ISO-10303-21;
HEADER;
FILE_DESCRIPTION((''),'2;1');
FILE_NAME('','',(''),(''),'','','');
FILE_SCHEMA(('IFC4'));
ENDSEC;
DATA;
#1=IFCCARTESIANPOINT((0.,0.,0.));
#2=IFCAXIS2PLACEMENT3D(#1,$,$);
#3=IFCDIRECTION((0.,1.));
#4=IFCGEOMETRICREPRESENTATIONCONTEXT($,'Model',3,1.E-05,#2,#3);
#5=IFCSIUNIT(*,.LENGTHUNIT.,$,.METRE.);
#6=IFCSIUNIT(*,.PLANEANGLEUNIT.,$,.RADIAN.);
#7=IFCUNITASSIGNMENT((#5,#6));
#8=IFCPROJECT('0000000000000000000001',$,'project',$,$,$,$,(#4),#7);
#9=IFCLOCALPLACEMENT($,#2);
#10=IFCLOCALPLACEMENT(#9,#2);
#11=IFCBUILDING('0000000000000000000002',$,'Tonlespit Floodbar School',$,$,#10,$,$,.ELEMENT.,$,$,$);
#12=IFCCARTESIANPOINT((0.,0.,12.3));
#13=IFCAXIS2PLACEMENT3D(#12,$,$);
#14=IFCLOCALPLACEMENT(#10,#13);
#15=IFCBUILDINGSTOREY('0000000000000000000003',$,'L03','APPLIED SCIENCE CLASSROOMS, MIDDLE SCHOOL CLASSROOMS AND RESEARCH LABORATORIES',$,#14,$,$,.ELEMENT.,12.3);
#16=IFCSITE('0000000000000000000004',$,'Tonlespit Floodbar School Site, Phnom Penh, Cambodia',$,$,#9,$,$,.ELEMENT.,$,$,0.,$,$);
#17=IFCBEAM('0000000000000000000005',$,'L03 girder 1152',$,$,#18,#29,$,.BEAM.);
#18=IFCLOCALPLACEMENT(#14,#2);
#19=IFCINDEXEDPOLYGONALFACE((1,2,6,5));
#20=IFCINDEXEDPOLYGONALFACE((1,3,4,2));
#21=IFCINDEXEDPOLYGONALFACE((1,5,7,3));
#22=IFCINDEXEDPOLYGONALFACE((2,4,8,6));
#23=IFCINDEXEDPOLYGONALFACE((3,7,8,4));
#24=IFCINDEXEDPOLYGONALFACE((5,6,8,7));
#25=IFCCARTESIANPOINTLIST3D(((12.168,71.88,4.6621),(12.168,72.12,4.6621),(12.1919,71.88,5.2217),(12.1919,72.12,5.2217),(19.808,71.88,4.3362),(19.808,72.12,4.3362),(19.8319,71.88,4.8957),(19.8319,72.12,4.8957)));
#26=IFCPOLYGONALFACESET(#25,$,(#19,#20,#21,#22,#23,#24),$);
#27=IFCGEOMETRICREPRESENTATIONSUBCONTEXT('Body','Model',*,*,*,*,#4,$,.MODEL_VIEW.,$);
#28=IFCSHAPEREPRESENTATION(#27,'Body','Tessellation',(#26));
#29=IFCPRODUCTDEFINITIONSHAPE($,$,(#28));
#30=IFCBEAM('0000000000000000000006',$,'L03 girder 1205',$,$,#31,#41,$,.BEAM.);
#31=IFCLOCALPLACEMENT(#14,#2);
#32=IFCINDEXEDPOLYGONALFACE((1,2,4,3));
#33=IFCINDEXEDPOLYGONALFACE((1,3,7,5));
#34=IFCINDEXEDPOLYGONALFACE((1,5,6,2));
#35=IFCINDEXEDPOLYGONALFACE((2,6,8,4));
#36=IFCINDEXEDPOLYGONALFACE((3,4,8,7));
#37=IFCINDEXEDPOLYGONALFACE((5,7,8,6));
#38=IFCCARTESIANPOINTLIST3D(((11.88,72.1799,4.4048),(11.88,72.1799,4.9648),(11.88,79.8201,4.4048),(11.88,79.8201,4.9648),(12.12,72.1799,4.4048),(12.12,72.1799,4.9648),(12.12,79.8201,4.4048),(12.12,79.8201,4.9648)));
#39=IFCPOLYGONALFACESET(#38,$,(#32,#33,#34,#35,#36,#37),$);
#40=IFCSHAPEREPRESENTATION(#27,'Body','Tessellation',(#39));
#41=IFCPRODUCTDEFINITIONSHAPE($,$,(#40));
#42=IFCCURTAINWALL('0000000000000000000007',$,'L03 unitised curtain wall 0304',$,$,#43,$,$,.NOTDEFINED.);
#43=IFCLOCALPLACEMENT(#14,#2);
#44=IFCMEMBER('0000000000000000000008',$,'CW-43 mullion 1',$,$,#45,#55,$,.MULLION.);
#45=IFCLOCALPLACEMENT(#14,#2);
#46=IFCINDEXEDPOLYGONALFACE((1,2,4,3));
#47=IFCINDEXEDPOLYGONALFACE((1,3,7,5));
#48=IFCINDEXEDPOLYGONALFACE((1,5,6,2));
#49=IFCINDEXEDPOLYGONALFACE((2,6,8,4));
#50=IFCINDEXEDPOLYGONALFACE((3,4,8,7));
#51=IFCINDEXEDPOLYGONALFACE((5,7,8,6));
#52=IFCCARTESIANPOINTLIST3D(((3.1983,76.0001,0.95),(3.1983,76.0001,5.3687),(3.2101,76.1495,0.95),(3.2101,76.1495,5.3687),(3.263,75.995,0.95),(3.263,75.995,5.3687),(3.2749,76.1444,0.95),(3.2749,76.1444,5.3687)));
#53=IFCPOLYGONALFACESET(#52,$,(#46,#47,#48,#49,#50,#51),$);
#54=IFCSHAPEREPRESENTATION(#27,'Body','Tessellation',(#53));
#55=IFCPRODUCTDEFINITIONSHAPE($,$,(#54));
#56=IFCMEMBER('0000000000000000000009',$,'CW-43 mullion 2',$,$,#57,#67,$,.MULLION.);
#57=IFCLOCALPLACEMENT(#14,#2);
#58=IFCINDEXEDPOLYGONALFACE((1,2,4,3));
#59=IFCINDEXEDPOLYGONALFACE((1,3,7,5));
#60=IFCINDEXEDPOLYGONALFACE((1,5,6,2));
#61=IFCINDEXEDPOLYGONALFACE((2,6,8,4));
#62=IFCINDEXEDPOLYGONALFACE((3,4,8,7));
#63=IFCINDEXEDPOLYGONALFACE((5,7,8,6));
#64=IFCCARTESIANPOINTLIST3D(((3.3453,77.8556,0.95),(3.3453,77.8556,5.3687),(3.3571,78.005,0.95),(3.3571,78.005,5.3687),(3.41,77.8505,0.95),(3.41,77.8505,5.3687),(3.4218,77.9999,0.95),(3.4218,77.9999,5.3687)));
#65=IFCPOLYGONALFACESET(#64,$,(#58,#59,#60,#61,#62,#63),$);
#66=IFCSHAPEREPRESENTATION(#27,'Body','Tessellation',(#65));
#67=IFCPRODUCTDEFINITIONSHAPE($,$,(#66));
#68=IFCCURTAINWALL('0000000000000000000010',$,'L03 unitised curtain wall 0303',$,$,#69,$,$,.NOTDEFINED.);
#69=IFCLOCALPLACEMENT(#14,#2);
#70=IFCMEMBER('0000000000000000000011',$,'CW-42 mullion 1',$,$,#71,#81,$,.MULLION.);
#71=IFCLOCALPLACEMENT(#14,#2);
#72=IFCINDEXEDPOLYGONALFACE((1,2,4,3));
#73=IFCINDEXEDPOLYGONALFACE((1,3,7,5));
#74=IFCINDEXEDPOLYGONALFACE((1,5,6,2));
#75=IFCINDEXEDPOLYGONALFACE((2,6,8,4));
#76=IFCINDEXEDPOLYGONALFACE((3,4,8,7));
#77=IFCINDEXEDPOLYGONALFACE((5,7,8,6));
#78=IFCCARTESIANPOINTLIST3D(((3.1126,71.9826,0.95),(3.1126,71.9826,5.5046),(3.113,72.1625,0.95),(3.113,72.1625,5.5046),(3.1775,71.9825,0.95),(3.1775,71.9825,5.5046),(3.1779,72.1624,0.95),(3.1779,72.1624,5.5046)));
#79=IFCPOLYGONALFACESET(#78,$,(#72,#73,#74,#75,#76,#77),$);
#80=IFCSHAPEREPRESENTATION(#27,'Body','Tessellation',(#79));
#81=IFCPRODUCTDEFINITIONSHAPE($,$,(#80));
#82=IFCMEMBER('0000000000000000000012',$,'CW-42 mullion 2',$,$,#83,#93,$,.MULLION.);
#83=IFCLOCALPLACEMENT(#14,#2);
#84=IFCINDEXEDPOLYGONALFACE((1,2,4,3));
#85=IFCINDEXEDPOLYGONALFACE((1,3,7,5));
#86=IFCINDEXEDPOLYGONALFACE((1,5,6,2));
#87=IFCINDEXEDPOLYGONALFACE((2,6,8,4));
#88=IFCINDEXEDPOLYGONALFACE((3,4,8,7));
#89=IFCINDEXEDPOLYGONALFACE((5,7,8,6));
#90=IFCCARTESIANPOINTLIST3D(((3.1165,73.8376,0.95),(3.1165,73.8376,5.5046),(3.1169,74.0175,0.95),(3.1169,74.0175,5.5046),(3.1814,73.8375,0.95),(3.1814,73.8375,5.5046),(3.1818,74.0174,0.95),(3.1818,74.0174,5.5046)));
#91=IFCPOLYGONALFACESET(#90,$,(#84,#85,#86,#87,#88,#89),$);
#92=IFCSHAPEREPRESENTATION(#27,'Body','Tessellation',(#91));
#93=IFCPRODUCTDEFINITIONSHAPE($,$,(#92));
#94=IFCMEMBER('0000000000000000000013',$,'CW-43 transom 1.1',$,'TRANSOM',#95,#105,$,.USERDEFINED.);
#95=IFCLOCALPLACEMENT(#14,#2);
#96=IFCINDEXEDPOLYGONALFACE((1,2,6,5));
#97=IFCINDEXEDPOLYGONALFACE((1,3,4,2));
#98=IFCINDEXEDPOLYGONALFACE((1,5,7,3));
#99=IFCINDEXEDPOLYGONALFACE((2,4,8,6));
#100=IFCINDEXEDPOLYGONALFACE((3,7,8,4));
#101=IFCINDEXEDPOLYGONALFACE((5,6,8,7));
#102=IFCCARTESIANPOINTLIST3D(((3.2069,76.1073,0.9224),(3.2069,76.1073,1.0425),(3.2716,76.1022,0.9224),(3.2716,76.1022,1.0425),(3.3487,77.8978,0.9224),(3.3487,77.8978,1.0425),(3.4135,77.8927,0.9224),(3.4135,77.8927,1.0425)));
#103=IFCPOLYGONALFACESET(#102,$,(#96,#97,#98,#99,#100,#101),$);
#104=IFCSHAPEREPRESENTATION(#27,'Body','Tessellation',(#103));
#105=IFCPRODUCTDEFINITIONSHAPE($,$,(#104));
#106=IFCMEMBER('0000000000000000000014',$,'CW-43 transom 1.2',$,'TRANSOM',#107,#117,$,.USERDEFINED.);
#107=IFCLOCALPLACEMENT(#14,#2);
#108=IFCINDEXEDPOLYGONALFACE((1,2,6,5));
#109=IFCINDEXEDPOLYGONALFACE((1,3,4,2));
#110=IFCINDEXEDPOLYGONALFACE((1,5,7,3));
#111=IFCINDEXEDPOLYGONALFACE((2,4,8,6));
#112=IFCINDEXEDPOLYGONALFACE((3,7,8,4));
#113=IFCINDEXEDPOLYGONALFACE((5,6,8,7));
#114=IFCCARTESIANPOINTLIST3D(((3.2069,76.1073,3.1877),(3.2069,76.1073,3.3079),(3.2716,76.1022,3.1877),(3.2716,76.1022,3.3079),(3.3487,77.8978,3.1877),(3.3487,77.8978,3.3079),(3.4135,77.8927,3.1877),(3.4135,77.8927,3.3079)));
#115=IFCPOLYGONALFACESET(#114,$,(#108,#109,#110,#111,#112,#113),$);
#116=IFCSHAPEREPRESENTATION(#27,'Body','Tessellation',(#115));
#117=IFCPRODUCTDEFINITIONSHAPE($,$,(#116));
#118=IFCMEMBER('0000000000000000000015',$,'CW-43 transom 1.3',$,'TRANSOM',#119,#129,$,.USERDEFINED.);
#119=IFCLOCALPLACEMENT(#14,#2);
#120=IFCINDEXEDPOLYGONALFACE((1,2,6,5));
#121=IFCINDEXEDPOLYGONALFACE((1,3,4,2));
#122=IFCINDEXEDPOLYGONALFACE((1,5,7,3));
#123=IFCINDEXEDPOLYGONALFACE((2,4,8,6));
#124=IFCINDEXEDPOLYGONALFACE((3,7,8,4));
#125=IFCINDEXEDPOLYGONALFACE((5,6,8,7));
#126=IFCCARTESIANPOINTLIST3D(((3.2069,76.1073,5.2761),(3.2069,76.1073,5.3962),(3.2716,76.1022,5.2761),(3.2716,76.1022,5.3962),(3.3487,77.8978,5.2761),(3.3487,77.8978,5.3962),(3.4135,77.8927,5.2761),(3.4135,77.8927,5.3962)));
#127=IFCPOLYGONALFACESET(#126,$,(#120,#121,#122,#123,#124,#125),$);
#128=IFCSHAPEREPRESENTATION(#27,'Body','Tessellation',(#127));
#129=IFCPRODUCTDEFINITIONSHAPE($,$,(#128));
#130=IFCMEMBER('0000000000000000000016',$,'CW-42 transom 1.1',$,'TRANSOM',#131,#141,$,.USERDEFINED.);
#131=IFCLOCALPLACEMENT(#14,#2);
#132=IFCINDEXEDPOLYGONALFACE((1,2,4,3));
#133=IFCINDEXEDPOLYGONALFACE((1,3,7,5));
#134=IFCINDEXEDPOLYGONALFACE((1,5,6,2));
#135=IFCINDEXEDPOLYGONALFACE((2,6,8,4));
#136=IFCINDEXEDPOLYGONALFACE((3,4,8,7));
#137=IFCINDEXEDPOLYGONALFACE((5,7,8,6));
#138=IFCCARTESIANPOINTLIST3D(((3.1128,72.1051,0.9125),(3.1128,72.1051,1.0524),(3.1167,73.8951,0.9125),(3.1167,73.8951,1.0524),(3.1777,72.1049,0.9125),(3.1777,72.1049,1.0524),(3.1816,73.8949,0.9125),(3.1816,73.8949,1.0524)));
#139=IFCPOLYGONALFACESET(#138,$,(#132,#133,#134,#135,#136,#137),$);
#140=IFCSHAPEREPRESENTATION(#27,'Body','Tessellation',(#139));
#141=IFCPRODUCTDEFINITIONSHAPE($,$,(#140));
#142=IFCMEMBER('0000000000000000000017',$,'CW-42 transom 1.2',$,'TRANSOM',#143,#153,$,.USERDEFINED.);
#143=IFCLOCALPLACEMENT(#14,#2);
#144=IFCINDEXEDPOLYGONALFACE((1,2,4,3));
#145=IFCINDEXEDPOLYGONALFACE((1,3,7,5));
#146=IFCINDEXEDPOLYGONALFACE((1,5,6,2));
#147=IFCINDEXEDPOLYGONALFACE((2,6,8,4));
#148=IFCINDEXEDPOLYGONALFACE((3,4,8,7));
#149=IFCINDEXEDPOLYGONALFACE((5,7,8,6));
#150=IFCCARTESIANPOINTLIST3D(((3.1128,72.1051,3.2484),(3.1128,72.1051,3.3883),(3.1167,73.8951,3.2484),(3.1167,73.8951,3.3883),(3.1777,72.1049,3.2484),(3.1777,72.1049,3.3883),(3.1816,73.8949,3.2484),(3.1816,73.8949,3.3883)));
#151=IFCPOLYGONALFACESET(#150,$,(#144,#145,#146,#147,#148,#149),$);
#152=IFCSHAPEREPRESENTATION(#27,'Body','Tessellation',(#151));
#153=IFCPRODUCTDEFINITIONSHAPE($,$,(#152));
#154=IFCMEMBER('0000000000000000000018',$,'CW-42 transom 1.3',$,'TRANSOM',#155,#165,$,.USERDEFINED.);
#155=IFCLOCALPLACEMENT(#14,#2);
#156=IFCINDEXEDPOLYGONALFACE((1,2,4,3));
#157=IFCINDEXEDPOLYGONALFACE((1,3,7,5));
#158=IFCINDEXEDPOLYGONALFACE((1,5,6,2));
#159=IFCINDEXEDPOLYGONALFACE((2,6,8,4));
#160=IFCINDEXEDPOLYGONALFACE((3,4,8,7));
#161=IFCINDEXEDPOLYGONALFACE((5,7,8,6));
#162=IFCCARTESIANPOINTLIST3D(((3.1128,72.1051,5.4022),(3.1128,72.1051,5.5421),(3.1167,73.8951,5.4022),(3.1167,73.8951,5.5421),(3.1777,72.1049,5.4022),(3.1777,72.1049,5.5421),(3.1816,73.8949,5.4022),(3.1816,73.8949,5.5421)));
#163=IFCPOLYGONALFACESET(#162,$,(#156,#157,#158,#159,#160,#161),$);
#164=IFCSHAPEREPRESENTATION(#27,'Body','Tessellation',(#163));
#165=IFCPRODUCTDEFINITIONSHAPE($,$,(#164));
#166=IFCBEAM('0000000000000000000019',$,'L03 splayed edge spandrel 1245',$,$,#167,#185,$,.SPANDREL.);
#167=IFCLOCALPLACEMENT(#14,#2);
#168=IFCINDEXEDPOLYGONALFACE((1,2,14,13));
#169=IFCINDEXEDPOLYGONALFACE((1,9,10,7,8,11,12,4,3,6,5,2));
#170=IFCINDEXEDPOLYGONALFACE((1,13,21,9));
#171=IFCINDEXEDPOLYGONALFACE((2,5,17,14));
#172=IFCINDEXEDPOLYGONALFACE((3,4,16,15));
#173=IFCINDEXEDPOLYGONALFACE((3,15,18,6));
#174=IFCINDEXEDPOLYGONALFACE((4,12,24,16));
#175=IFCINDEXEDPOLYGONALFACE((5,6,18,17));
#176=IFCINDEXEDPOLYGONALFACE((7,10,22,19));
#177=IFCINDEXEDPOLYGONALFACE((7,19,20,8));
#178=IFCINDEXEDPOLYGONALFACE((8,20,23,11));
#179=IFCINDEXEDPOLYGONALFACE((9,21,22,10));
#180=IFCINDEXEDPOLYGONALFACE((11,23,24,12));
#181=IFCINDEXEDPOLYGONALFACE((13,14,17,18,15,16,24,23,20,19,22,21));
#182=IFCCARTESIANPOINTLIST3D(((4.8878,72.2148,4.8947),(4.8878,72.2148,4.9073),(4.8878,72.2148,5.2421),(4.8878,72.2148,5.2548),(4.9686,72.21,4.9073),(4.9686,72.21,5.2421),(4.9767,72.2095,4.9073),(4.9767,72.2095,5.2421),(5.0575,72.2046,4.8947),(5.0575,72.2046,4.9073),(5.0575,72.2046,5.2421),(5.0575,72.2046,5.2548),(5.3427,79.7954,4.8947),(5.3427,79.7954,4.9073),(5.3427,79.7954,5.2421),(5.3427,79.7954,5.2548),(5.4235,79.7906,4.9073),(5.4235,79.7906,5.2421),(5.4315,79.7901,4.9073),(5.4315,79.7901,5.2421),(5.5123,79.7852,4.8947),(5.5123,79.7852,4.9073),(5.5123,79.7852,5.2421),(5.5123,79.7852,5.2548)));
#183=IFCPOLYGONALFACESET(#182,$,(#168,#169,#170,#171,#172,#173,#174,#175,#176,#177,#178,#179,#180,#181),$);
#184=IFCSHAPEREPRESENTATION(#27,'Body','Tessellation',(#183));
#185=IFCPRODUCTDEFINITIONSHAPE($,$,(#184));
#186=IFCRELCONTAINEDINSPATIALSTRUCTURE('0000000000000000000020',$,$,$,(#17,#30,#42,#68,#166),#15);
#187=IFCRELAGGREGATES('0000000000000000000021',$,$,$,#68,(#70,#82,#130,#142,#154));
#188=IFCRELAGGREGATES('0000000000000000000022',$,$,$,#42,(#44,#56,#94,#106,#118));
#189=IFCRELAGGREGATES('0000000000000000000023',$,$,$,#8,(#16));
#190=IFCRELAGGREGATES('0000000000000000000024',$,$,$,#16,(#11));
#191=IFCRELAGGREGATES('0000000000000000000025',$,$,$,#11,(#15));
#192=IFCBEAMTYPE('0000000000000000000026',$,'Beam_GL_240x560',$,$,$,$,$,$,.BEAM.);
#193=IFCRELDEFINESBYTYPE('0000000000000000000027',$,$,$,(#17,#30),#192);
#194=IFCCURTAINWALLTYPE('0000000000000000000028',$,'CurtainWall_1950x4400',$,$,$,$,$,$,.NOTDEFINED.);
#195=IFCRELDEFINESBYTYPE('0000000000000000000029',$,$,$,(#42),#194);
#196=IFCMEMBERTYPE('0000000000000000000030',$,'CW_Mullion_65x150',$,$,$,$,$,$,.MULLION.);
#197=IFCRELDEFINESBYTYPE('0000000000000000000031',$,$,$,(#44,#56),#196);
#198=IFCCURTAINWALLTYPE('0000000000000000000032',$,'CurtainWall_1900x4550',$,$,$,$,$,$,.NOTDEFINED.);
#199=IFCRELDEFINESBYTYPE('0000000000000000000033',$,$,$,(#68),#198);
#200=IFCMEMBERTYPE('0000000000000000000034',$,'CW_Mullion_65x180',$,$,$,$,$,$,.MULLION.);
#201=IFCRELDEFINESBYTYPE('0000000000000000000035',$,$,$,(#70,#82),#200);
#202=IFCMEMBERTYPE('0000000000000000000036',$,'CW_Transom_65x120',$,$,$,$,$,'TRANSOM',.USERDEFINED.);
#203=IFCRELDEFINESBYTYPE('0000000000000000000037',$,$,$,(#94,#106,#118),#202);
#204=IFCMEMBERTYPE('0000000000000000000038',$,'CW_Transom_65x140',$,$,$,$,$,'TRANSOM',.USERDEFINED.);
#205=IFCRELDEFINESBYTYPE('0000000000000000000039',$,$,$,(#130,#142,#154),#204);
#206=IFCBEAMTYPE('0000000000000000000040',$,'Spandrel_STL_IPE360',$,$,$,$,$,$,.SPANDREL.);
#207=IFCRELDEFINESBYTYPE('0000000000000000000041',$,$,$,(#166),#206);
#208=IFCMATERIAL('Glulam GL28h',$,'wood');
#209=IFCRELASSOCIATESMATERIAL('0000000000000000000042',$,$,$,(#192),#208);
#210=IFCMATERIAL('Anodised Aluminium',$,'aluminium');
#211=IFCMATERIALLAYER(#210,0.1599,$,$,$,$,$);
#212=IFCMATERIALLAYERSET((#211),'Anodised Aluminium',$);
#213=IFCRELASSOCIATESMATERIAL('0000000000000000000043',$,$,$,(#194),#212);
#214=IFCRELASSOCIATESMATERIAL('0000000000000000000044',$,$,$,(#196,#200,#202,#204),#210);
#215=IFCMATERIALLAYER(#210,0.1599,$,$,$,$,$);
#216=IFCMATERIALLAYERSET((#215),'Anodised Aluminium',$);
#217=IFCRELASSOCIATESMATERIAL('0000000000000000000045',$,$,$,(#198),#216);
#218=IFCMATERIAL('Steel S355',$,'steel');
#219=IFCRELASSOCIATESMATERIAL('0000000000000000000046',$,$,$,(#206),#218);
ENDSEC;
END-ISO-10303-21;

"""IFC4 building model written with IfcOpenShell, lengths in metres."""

from ifc_helpers import new_model, si_unit, direction, frame, origin, origin_2d, place, context, subcontext, project, spatial, rectangle, i_section, extrude, material, layer, layer_set, material_profile, profile_set, type_object, element, aggregate, save


model = new_model("IFC4")

# Units and contexts
model_context = context("Model", 3, precision=1e-05, world=origin(), true_north=direction((0.0, 1.0)))
body_context = subcontext(model_context, "Body", "Model", "MODEL_VIEW")
ifc_project = project(units=[si_unit("LENGTHUNIT", "METRE"), si_unit("PLANEANGLEUNIT", "RADIAN")], contexts=[model_context])

# Site, building, storey
site_placement = place(None, origin())
site = spatial("IfcSite", under=ifc_project, at=site_placement, Name="Tonlespit Floodbar School Site, Phnom Penh, Cambodia", CompositionType="ELEMENT", RefElevation=0.0)
building_placement = place(site_placement, origin())
building = spatial("IfcBuilding", under=site, at=building_placement, Name="Tonlespit Floodbar School", CompositionType="ELEMENT")
storey_placement = place(building_placement, frame((0.0, 0.0, 12.3)))
storey = spatial("IfcBuildingStorey", under=building, at=storey_placement, Name="L03", Description="APPLIED SCIENCE CLASSROOMS, MIDDLE SCHOOL CLASSROOMS AND RESEARCH LABORATORIES", CompositionType="ELEMENT", Elevation=12.3)

# Beams
ifc_material_1 = material(Name="Glulam GL28h", Category="wood")
ifc_material_profile_1 = material_profile(ifc_material_1, rectangle(XDim=0.24, YDim=0.5601, at=origin_2d()), Name="GL 240x560")
ifc_profile_set_1 = profile_set([ifc_material_profile_1], Name="Glulam GL28h")
beam_type_1 = type_object("IfcBeamType", Name="Beam_GL_240x560", PredefinedType="BEAM", material=ifc_profile_set_1)
beam_1_placement = place(storey_placement, frame((12.1799, 72.0, 4.9419), z_axis=(0.999091, 0.0, -0.042621), x_axis=(0.0, 1.0, 0.0)))
element("IfcBeam", 1, at=beam_1_placement, inside=storey, type_object=beam_type_1, Name="L03 girder 1152", PredefinedType="BEAM", context=body_context, shape_type="SweptSolid", body=[
    extrude(rectangle(XDim=0.24, YDim=0.5601, at=origin_2d()), origin(), (0.0, 0.0, 1.0), 7.647),
])
beam_2_placement = place(storey_placement, frame((12.0, 72.1799, 4.6848), z_axis=(0.0, 1.0, 0.0), x_axis=(-1.0, 0.0, 0.0)))
element("IfcBeam", 2, at=beam_2_placement, inside=storey, type_object=beam_type_1, Name="L03 girder 1205", PredefinedType="BEAM", context=body_context, shape_type="SweptSolid", body=[
    extrude(rectangle(XDim=0.24, YDim=0.5601, at=origin_2d()), origin(), (0.0, 0.0, 1.0), 7.6401),
])

# Curtain walls, members
ifc_material_2 = material(Name="Anodised Aluminium", Category="aluminium")
ifc_layer_1 = layer(ifc_material_2, 0.1599)
ifc_layer_set_1 = layer_set([ifc_layer_1], Name="Anodised Aluminium")
curtain_wall_type_1 = type_object("IfcCurtainWallType", Name="CurtainWall_1950x4400", PredefinedType="NOTDEFINED", material=ifc_layer_set_1)
curtain_wall_1_placement = place(storey_placement, origin())
curtain_wall_1 = element("IfcCurtainWall", 3, at=curtain_wall_1_placement, inside=storey, type_object=curtain_wall_type_1, Name="L03 unitised curtain wall 0304", PredefinedType="NOTDEFINED")
ifc_material_profile_2 = material_profile(ifc_material_2, rectangle(XDim=0.0649, YDim=0.1499, at=origin_2d()), Name="ALU M65x150")
ifc_profile_set_2 = profile_set([ifc_material_profile_2], Name="Anodised Aluminium")
member_type_1 = type_object("IfcMemberType", Name="CW_Mullion_65x150", PredefinedType="MULLION", material=ifc_profile_set_2)
member_1_placement = place(storey_placement, frame((3.2366, 76.0723, 0.95), z_axis=(0.0, 0.0, 1.0), x_axis=(-0.996878, 0.078963, 0.0)))
member_1 = element("IfcMember", 4, at=member_1_placement, type_object=member_type_1, Name="CW-43 mullion 1", PredefinedType="MULLION", context=body_context, shape_type="SweptSolid", body=[
    extrude(rectangle(XDim=0.0649, YDim=0.1499, at=origin_2d()), origin(), (0.0, 0.0, 1.0), 4.4187),
])
member_2_placement = place(storey_placement, frame((3.3835, 77.9277, 0.95), z_axis=(0.0, 0.0, 1.0), x_axis=(-0.996878, 0.078963, 0.0)))
member_2 = element("IfcMember", 5, at=member_2_placement, type_object=member_type_1, Name="CW-43 mullion 2", PredefinedType="MULLION", context=body_context, shape_type="SweptSolid", body=[
    extrude(rectangle(XDim=0.0649, YDim=0.1499, at=origin_2d()), origin(), (0.0, 0.0, 1.0), 4.4187),
])
ifc_layer_2 = layer(ifc_material_2, 0.1599)
ifc_layer_set_2 = layer_set([ifc_layer_2], Name="Anodised Aluminium")
curtain_wall_type_2 = type_object("IfcCurtainWallType", Name="CurtainWall_1900x4550", PredefinedType="NOTDEFINED", material=ifc_layer_set_2)
curtain_wall_2_placement = place(storey_placement, origin())
curtain_wall_2 = element("IfcCurtainWall", 6, at=curtain_wall_2_placement, inside=storey, type_object=curtain_wall_type_2, Name="L03 unitised curtain wall 0303", PredefinedType="NOTDEFINED")
ifc_material_profile_3 = material_profile(ifc_material_2, rectangle(XDim=0.0649, YDim=0.1799, at=origin_2d()), Name="ALU M65x180")
ifc_profile_set_3 = profile_set([ifc_material_profile_3], Name="Anodised Aluminium")
member_type_2 = type_object("IfcMemberType", Name="CW_Mullion_65x180", PredefinedType="MULLION", material=ifc_profile_set_3)
member_3_placement = place(storey_placement, frame((3.1453, 72.0725, 0.95), z_axis=(0.0, 0.0, 1.0), x_axis=(-0.999998, 0.002187, 0.0)))
member_3 = element("IfcMember", 7, at=member_3_placement, type_object=member_type_2, Name="CW-42 mullion 1", PredefinedType="MULLION", context=body_context, shape_type="SweptSolid", body=[
    extrude(rectangle(XDim=0.0649, YDim=0.1799, at=origin_2d()), origin(), (0.0, 0.0, 1.0), 4.5547),
])
member_4_placement = place(storey_placement, frame((3.1492, 73.9275, 0.95), z_axis=(0.0, 0.0, 1.0), x_axis=(-0.999998, 0.002187, 0.0)))
member_4 = element("IfcMember", 8, at=member_4_placement, type_object=member_type_2, Name="CW-42 mullion 2", PredefinedType="MULLION", context=body_context, shape_type="SweptSolid", body=[
    extrude(rectangle(XDim=0.0649, YDim=0.1799, at=origin_2d()), origin(), (0.0, 0.0, 1.0), 4.5547),
])

# Members
ifc_material_profile_4 = material_profile(ifc_material_2, rectangle(XDim=0.0649, YDim=0.1201, at=origin_2d()), Name="ALU T65x120")
ifc_profile_set_4 = profile_set([ifc_material_profile_4], Name="Anodised Aluminium")
member_type_3 = type_object("IfcMemberType", Name="CW_Transom_65x120", ElementType="TRANSOM", PredefinedType="USERDEFINED", material=ifc_profile_set_4)
member_5_placement = place(storey_placement, frame((3.2393, 76.1047, 0.9824), z_axis=(0.078973, 0.996877, 0.0), x_axis=(-0.996877, 0.078973, 0.0)))
member_5 = element("IfcMember", 9, at=member_5_placement, type_object=member_type_3, Name="CW-43 transom 1.1", ObjectType="TRANSOM", PredefinedType="USERDEFINED", context=body_context, shape_type="SweptSolid", body=[
    extrude(rectangle(XDim=0.0649, YDim=0.1201, at=origin_2d()), origin(), (0.0, 0.0, 1.0), 1.7961),
])
member_6_placement = place(storey_placement, frame((3.2393, 76.1047, 3.2478), z_axis=(0.078973, 0.996877, 0.0), x_axis=(-0.996877, 0.078973, 0.0)))
member_6 = element("IfcMember", 10, at=member_6_placement, type_object=member_type_3, Name="CW-43 transom 1.2", ObjectType="TRANSOM", PredefinedType="USERDEFINED", context=body_context, shape_type="SweptSolid", body=[
    extrude(rectangle(XDim=0.0649, YDim=0.1201, at=origin_2d()), origin(), (0.0, 0.0, 1.0), 1.7961),
])
member_7_placement = place(storey_placement, frame((3.2393, 76.1047, 5.3362), z_axis=(0.078973, 0.996877, 0.0), x_axis=(-0.996877, 0.078973, 0.0)))
member_7 = element("IfcMember", 11, at=member_7_placement, type_object=member_type_3, Name="CW-43 transom 1.3", ObjectType="TRANSOM", PredefinedType="USERDEFINED", context=body_context, shape_type="SweptSolid", body=[
    extrude(rectangle(XDim=0.0649, YDim=0.1201, at=origin_2d()), origin(), (0.0, 0.0, 1.0), 1.7961),
])
ifc_material_profile_5 = material_profile(ifc_material_2, rectangle(XDim=0.0649, YDim=0.1399, at=origin_2d()), Name="ALU T65x140")
ifc_profile_set_5 = profile_set([ifc_material_profile_5], Name="Anodised Aluminium")
member_type_4 = type_object("IfcMemberType", Name="CW_Transom_65x140", ElementType="TRANSOM", PredefinedType="USERDEFINED", material=ifc_profile_set_5)
member_8_placement = place(storey_placement, frame((3.1453, 72.105, 0.9824), z_axis=(0.002182, 0.999998, 0.0), x_axis=(-0.999998, 0.002182, 0.0)))
member_8 = element("IfcMember", 12, at=member_8_placement, type_object=member_type_4, Name="CW-42 transom 1.1", ObjectType="TRANSOM", PredefinedType="USERDEFINED", context=body_context, shape_type="SweptSolid", body=[
    extrude(rectangle(XDim=0.0649, YDim=0.1399, at=origin_2d()), origin(), (0.0, 0.0, 1.0), 1.79),
])
member_9_placement = place(storey_placement, frame((3.1453, 72.105, 3.3184), z_axis=(0.002182, 0.999998, 0.0), x_axis=(-0.999998, 0.002182, 0.0)))
member_9 = element("IfcMember", 13, at=member_9_placement, type_object=member_type_4, Name="CW-42 transom 1.2", ObjectType="TRANSOM", PredefinedType="USERDEFINED", context=body_context, shape_type="SweptSolid", body=[
    extrude(rectangle(XDim=0.0649, YDim=0.1399, at=origin_2d()), origin(), (0.0, 0.0, 1.0), 1.79),
])
member_10_placement = place(storey_placement, frame((3.1453, 72.105, 5.4722), z_axis=(0.002182, 0.999998, 0.0), x_axis=(-0.999998, 0.002182, 0.0)))
member_10 = element("IfcMember", 14, at=member_10_placement, type_object=member_type_4, Name="CW-42 transom 1.3", ObjectType="TRANSOM", PredefinedType="USERDEFINED", context=body_context, shape_type="SweptSolid", body=[
    extrude(rectangle(XDim=0.0649, YDim=0.1399, at=origin_2d()), origin(), (0.0, 0.0, 1.0), 1.79),
])

# Beam
ifc_material_3 = material(Name="Steel S355", Category="steel")
ifc_material_profile_6 = material_profile(ifc_material_3, i_section(OverallWidth=0.1699, OverallDepth=0.3601, WebThickness=0.0081, FlangeThickness=0.0127, at=origin_2d()), Name="IPE 360")
ifc_profile_set_6 = profile_set([ifc_material_profile_6], Name="Steel S355")
beam_type_2 = type_object("IfcBeamType", Name="Spandrel_STL_IPE360", PredefinedType="SPANDREL", material=ifc_profile_set_6)
beam_3_placement = place(storey_placement, frame((4.9727, 72.2097, 5.0747), z_axis=(0.059892, 0.998205, 0.0), x_axis=(-0.998205, 0.059892, 0.0)))
element("IfcBeam", 15, at=beam_3_placement, inside=storey, type_object=beam_type_2, Name="L03 splayed edge spandrel 1245", PredefinedType="SPANDREL", context=body_context, shape_type="SweptSolid", body=[
    extrude(i_section(OverallWidth=0.1699, OverallDepth=0.3601, WebThickness=0.0081, FlangeThickness=0.0127, at=origin_2d()), origin(), (0.0, 0.0, 1.0), 7.5942),
])

aggregate(curtain_wall_2, [member_3, member_4, member_8, member_9, member_10])
aggregate(curtain_wall_1, [member_1, member_2, member_5, member_6, member_7])

save(model, "model.ifc")
